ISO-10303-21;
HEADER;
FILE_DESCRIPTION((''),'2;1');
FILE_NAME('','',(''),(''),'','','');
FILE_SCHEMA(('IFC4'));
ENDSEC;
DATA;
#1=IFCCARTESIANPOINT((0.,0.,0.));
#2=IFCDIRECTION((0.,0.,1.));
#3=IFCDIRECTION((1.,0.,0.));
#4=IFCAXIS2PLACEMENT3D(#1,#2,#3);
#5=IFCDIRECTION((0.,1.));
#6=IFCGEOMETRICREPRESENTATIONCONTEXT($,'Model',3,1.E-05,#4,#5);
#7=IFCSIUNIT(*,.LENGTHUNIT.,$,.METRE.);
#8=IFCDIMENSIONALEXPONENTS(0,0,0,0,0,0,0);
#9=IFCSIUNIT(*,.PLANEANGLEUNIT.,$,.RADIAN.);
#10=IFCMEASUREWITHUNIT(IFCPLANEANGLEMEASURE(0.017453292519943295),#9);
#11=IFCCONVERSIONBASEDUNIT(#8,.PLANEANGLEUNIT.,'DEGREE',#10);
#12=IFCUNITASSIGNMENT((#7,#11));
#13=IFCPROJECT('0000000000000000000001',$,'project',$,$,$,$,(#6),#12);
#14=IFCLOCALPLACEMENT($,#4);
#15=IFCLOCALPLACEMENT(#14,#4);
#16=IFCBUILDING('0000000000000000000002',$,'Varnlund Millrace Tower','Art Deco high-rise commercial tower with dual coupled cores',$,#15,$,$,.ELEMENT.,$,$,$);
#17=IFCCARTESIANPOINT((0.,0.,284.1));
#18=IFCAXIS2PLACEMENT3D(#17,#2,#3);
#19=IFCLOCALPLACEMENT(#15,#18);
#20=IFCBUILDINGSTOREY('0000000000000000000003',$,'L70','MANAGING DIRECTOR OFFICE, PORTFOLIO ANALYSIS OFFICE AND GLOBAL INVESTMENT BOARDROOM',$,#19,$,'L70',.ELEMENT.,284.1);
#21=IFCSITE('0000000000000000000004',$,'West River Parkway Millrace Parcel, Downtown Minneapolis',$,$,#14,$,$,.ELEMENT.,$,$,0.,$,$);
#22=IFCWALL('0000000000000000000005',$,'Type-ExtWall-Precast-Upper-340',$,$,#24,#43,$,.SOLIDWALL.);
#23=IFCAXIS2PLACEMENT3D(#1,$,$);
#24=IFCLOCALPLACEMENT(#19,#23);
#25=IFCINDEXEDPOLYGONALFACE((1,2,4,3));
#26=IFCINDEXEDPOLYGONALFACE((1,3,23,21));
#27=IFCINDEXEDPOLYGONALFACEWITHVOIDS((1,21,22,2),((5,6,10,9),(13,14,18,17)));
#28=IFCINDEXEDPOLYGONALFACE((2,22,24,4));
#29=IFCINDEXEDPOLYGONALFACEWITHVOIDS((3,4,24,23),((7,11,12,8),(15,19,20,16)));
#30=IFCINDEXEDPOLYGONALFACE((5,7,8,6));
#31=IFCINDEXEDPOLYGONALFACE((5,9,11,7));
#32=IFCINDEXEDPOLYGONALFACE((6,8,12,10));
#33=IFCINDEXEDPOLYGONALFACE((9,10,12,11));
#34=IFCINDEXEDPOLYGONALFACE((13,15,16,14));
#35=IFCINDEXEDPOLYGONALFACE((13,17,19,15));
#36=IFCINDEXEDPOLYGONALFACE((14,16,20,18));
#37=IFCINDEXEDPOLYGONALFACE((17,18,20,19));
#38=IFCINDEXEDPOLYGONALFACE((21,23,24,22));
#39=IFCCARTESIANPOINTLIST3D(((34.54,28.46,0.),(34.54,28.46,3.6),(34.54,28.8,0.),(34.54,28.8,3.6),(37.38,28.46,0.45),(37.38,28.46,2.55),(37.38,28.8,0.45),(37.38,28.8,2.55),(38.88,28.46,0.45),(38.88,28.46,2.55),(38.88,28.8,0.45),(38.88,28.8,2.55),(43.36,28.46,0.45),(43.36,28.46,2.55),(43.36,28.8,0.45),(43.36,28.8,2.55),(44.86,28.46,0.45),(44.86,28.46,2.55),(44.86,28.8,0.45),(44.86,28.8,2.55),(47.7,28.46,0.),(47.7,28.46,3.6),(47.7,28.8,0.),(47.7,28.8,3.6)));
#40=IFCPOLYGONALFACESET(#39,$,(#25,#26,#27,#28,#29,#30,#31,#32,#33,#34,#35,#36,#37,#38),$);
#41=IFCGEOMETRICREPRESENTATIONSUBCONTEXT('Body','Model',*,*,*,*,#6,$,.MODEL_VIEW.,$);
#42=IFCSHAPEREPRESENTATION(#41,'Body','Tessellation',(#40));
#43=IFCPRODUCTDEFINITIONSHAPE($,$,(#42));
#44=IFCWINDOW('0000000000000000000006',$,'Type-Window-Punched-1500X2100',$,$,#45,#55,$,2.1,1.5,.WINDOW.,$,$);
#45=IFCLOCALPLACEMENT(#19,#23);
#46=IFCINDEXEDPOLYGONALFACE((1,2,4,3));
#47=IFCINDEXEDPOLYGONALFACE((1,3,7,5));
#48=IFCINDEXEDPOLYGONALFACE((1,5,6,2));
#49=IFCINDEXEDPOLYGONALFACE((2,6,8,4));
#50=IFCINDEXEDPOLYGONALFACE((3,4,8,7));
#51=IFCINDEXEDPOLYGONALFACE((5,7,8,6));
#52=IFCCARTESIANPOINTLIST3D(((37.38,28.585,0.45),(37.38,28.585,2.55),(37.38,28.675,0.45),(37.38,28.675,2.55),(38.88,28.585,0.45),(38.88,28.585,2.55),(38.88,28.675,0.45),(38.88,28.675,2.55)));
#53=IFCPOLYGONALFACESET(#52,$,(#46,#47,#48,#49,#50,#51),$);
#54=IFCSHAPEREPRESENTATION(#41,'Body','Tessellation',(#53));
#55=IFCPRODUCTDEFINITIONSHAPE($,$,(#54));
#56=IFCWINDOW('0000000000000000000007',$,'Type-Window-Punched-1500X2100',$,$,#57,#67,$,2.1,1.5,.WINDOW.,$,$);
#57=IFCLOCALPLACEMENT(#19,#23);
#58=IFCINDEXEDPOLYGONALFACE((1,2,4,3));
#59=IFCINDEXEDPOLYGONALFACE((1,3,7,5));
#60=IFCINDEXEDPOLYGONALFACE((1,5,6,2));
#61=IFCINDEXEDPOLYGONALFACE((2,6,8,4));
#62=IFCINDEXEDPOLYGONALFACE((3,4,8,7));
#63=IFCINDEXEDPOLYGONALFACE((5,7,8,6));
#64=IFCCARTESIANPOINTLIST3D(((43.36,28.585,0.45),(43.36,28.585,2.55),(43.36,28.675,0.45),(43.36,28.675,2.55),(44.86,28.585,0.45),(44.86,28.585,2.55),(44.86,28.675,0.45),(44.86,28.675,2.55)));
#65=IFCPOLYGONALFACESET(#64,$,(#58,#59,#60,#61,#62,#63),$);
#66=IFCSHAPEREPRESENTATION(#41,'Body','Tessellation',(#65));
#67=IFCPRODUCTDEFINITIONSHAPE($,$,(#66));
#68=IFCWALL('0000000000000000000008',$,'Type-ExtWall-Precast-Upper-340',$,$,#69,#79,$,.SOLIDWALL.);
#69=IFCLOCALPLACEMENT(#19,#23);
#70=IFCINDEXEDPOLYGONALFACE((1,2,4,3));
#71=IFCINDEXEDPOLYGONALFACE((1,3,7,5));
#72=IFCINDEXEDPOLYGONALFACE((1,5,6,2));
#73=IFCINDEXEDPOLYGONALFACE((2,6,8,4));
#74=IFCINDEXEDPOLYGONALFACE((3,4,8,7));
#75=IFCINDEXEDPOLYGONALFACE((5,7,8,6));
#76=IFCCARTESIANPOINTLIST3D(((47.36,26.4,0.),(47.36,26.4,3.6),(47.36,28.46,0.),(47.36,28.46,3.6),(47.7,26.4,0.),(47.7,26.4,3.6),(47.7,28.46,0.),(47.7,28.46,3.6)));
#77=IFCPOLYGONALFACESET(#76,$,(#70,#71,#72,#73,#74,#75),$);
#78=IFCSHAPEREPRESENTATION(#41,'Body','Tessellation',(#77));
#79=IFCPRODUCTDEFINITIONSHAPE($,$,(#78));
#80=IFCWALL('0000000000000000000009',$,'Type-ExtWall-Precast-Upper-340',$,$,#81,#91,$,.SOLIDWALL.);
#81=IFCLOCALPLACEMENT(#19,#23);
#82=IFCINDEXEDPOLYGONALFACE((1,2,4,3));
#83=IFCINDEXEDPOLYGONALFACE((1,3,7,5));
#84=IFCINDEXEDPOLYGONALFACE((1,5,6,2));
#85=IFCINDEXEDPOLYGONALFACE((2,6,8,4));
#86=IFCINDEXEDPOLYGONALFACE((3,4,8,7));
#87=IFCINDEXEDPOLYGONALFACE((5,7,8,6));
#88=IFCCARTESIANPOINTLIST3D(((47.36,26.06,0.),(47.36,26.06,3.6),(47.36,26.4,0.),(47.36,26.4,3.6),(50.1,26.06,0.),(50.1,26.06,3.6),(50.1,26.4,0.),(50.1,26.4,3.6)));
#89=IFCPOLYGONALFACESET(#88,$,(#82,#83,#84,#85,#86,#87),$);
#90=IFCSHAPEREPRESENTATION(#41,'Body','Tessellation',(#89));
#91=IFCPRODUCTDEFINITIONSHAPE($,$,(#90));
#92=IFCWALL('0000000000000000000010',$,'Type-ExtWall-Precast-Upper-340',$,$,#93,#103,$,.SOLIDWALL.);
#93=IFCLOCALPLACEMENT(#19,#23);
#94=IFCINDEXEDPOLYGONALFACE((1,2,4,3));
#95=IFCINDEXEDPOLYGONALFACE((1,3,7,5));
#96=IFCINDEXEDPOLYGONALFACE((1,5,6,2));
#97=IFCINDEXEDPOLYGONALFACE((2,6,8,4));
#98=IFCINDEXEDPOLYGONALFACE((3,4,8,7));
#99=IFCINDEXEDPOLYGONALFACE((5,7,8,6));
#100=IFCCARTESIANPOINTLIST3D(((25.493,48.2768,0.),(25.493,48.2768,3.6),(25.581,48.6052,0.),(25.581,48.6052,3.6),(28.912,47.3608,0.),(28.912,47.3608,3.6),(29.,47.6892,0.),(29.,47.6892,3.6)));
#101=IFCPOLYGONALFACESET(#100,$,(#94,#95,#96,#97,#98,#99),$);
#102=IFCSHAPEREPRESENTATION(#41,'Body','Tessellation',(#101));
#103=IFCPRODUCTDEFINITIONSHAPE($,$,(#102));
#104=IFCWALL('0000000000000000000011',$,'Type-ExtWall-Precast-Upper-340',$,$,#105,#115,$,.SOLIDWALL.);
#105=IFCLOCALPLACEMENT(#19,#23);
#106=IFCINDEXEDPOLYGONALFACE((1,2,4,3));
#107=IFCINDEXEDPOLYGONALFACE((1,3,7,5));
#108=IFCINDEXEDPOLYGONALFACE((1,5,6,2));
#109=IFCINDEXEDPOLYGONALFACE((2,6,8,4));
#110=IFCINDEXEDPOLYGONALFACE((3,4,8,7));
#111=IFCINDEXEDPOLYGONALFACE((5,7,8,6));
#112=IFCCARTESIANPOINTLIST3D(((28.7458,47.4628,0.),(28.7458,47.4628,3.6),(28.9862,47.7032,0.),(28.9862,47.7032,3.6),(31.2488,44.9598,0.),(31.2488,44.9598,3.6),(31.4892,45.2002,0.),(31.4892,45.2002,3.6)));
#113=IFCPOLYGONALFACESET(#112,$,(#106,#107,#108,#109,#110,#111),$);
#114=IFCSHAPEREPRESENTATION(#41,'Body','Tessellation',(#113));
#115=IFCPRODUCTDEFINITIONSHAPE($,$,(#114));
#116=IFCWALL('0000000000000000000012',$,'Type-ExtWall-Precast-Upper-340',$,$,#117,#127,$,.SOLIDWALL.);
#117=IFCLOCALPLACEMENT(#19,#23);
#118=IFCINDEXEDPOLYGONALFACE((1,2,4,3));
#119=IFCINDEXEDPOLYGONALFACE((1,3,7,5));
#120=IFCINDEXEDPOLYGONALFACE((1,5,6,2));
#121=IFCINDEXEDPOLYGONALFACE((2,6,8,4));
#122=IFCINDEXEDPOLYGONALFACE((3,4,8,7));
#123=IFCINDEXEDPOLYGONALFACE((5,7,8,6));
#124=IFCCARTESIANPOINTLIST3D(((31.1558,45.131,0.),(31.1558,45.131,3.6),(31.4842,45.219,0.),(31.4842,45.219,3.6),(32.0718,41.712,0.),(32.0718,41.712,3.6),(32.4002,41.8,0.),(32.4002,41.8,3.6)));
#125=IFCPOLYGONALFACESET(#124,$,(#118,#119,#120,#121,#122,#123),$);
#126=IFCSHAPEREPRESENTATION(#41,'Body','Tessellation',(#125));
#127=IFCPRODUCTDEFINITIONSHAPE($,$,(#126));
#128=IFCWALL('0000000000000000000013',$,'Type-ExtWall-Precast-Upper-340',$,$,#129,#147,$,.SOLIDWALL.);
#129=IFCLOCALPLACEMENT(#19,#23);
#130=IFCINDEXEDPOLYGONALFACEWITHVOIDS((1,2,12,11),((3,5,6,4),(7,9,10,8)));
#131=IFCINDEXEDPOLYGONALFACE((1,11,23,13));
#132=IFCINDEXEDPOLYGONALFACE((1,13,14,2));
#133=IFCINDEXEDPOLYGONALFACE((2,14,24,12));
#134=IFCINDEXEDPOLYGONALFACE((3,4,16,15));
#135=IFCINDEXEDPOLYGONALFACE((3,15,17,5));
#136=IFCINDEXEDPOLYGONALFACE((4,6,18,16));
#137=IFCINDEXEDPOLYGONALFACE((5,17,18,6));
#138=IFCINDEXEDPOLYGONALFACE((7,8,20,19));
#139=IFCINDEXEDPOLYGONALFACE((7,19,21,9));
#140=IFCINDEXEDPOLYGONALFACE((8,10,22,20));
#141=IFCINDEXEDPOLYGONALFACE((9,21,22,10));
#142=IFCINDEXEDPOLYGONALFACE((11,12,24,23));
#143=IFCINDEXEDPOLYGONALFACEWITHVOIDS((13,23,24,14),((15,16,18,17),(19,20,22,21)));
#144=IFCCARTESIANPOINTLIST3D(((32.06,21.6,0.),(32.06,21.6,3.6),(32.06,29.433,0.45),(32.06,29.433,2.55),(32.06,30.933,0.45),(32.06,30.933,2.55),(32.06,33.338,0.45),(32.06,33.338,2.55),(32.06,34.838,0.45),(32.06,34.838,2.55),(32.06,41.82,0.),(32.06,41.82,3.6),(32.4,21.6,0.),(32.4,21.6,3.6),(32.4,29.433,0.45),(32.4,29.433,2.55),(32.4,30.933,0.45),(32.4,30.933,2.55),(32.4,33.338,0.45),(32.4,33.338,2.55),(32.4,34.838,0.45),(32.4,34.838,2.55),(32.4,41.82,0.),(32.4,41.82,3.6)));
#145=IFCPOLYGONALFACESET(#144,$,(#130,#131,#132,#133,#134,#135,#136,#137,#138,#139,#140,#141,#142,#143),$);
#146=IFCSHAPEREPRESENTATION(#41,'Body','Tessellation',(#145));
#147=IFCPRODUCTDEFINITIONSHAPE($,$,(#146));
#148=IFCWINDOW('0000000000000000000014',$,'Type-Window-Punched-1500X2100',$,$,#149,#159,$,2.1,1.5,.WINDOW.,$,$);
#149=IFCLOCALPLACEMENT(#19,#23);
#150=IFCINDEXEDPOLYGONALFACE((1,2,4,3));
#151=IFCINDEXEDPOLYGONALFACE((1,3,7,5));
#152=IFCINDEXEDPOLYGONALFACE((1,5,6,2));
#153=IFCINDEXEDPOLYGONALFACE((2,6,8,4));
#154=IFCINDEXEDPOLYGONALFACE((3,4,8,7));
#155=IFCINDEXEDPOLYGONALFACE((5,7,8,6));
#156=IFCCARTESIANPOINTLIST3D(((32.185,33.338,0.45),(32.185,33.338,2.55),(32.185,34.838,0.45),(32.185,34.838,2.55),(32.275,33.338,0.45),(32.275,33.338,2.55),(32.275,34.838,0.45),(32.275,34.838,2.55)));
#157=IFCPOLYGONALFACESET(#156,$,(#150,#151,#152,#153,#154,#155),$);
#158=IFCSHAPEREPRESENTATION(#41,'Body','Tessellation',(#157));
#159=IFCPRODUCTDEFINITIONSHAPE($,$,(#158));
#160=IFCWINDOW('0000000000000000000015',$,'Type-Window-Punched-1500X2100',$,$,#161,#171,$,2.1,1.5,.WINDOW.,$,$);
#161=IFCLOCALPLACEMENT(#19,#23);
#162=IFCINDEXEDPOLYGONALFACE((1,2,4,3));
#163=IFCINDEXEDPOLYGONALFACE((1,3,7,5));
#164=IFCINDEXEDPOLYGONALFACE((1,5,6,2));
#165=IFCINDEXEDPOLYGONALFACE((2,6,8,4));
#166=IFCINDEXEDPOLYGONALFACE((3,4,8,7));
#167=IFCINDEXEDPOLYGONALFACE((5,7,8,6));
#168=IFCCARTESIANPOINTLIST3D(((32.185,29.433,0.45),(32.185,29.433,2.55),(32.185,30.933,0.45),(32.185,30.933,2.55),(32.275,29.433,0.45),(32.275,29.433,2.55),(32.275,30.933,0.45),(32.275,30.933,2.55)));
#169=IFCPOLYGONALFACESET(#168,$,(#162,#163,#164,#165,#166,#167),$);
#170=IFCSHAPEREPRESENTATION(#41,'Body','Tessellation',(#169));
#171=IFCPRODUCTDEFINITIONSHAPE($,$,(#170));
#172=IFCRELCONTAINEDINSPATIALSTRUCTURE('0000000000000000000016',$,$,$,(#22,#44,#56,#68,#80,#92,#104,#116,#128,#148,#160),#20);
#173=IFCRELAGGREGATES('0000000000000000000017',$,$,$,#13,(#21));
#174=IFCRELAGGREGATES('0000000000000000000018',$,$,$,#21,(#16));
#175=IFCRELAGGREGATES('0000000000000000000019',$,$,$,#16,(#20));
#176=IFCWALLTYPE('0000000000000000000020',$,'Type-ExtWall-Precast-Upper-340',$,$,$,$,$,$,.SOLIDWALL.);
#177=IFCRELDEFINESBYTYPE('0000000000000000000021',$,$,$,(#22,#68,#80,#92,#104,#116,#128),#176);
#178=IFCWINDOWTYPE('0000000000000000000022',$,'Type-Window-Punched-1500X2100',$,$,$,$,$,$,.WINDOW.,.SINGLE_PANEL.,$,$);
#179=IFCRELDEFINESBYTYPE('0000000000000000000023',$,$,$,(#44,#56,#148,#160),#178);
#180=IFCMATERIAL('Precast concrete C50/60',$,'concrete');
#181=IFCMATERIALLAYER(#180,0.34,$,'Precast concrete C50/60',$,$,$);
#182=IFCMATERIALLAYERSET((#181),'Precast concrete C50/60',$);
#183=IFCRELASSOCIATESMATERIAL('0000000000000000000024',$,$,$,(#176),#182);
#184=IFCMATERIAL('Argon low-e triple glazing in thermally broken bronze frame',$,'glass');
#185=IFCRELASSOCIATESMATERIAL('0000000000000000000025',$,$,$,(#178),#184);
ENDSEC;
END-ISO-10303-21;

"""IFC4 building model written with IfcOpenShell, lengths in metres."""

from ifc_helpers import new_model, entity, si_unit, converted_unit, direction, frame, origin_with_axes, origin_2d_with_axis, place, context, subcontext, project, spatial, polyline, rectangle, outline, extrude, material, layer, layer_set, type_object, element, fill, save


model = new_model("IFC4")

# Units and contexts
model_context = context("Model", 3, precision=1e-05, world=origin_with_axes(), true_north=direction((0.0, 1.0)))
body_context = subcontext(model_context, "Body", "Model", "MODEL_VIEW")
ifc_project = project(units=[si_unit("LENGTHUNIT", "METRE"), converted_unit("PLANEANGLEUNIT", "DEGREE", entity("IfcPlaneAngleMeasure", 0.017453292519943295), si_unit("PLANEANGLEUNIT", "RADIAN"), dimensions=[0, 0, 0, 0, 0, 0, 0])], contexts=[model_context])

# Site, building, storey
site_placement = place(None, origin_with_axes())
site = spatial("IfcSite", under=ifc_project, at=site_placement, Name="West River Parkway Millrace Parcel, Downtown Minneapolis", CompositionType="ELEMENT", RefElevation=0.0)
building_placement = place(site_placement, origin_with_axes())
building = spatial("IfcBuilding", under=site, at=building_placement, Name="Varnlund Millrace Tower", Description="Art Deco high-rise commercial tower with dual coupled cores", CompositionType="ELEMENT")
storey_placement = place(building_placement, frame((0.0, 0.0, 284.1), z_axis=(0.0, 0.0, 1.0), x_axis=(1.0, 0.0, 0.0)))
storey = spatial("IfcBuildingStorey", under=building, at=storey_placement, Name="L70", Description="MANAGING DIRECTOR OFFICE, PORTFOLIO ANALYSIS OFFICE AND GLOBAL INVESTMENT BOARDROOM", LongName="L70", CompositionType="ELEMENT", Elevation=284.1)

# Wall, openings, windows
ifc_material_1 = material(Name="Precast concrete C50/60", Category="concrete")
ifc_layer_1 = layer(ifc_material_1, 0.34, Name="Precast concrete C50/60")
ifc_layer_set_1 = layer_set([ifc_layer_1], Name="Precast concrete C50/60")
wall_type_1 = type_object("IfcWallType", Name="Type-ExtWall-Precast-Upper-340", PredefinedType="SOLIDWALL", material=ifc_layer_set_1)
wall_1_placement = place(storey_placement, frame((34.54, 28.63, 0.0), z_axis=(0.0, 0.0, 1.0), x_axis=(1.0, 0.0, 0.0)))
wall_1 = element("IfcWall", 1, at=wall_1_placement, inside=storey, type_object=wall_type_1, Name="Type-ExtWall-Precast-Upper-340", PredefinedType="SOLIDWALL", context=body_context, shape_type="SweptSolid", body=[
    extrude(outline(polyline([(0.0, -0.17), (13.16, -0.17), (13.16, 0.17), (0.0, 0.17), (0.0, -0.17)])), origin_with_axes(), (0.0, 0.0, 1.0), 3.6),
])
opening_1_placement = place(wall_1_placement, frame((3.59, 0.0, 0.45), z_axis=(0.0, 0.0, 1.0), x_axis=(1.0, 0.0, 0.0)))
opening_1 = element("IfcOpeningElement", 2, at=opening_1_placement, cuts=wall_1, PredefinedType="OPENING", context=body_context, shape_type="SweptSolid", body=[
    extrude(rectangle(XDim=1.5, YDim=0.36, at=origin_2d_with_axis()), origin_with_axes(), (0.0, 0.0, 1.0), 2.1),
])
opening_2_placement = place(wall_1_placement, frame((9.57, 0.0, 0.45), z_axis=(0.0, 0.0, 1.0), x_axis=(1.0, 0.0, 0.0)))
opening_2 = element("IfcOpeningElement", 3, at=opening_2_placement, cuts=wall_1, PredefinedType="OPENING", context=body_context, shape_type="SweptSolid", body=[
    extrude(rectangle(XDim=1.5, YDim=0.36, at=origin_2d_with_axis()), origin_with_axes(), (0.0, 0.0, 1.0), 2.1),
])
ifc_material_2 = material(Name="Argon low-e triple glazing in thermally broken bronze frame", Category="glass")
window_type = type_object("IfcWindowType", Name="Type-Window-Punched-1500X2100", PartitioningType="SINGLE_PANEL", PredefinedType="WINDOW", material=ifc_material_2)
window_1_placement = place(wall_1_placement, frame((3.59, 0.0, 0.45), z_axis=(0.0, 0.0, 1.0), x_axis=(1.0, 0.0, 0.0)))
window_1 = element("IfcWindow", 4, at=window_1_placement, inside=storey, type_object=window_type, Name="Type-Window-Punched-1500X2100", OverallHeight=2.1, OverallWidth=1.5, PredefinedType="WINDOW", context=body_context, shape_type="SweptSolid", body=[
    extrude(rectangle(XDim=1.5, YDim=0.09, at=origin_2d_with_axis()), origin_with_axes(), (0.0, 0.0, 1.0), 2.1),
])
fill(opening_1, window_1)
window_2_placement = place(wall_1_placement, frame((9.57, 0.0, 0.45), z_axis=(0.0, 0.0, 1.0), x_axis=(1.0, 0.0, 0.0)))
window_2 = element("IfcWindow", 5, at=window_2_placement, inside=storey, type_object=window_type, Name="Type-Window-Punched-1500X2100", OverallHeight=2.1, OverallWidth=1.5, PredefinedType="WINDOW", context=body_context, shape_type="SweptSolid", body=[
    extrude(rectangle(XDim=1.5, YDim=0.09, at=origin_2d_with_axis()), origin_with_axes(), (0.0, 0.0, 1.0), 2.1),
])
fill(opening_2, window_2)

# Walls
wall_2_placement = place(storey_placement, frame((47.53, 28.46, 0.0), z_axis=(0.0, 0.0, 1.0), x_axis=(0.0, -1.0, 0.0)))
element("IfcWall", 6, at=wall_2_placement, inside=storey, type_object=wall_type_1, Name="Type-ExtWall-Precast-Upper-340", PredefinedType="SOLIDWALL", context=body_context, shape_type="SweptSolid", body=[
    extrude(outline(polyline([(0.0, -0.17), (2.06, -0.17), (2.06, 0.17), (0.0, 0.17), (0.0, -0.17)])), origin_with_axes(), (0.0, 0.0, 1.0), 3.6),
])
wall_3_placement = place(storey_placement, frame((47.36, 26.23, 0.0), z_axis=(0.0, 0.0, 1.0), x_axis=(1.0, 0.0, 0.0)))
element("IfcWall", 7, at=wall_3_placement, inside=storey, type_object=wall_type_1, Name="Type-ExtWall-Precast-Upper-340", PredefinedType="SOLIDWALL", context=body_context, shape_type="SweptSolid", body=[
    extrude(outline(polyline([(0.0, -0.17), (2.74, -0.17), (2.74, 0.17), (0.0, 0.17), (0.0, -0.17)])), origin_with_axes(), (0.0, 0.0, 1.0), 3.6),
])
wall_4_placement = place(storey_placement, frame((25.537, 48.441, 0.0), z_axis=(0.0, 0.0, 1.0), x_axis=(0.965934, -0.258788, 0.0)))
element("IfcWall", 8, at=wall_4_placement, inside=storey, type_object=wall_type_1, Name="Type-ExtWall-Precast-Upper-340", PredefinedType="SOLIDWALL", context=body_context, shape_type="SweptSolid", body=[
    extrude(outline(polyline([(0.0, -0.17), (3.5396, -0.17), (3.5396, 0.17), (0.0, 0.17), (0.0, -0.17)])), origin_with_axes(), (0.0, 0.0, 1.0), 3.6),
])
wall_5_placement = place(storey_placement, frame((28.866, 47.583, 0.0), z_axis=(0.0, 0.0, 1.0), x_axis=(0.707107, -0.707107, 0.0)))
element("IfcWall", 9, at=wall_5_placement, inside=storey, type_object=wall_type_1, Name="Type-ExtWall-Precast-Upper-340", PredefinedType="SOLIDWALL", context=body_context, shape_type="SweptSolid", body=[
    extrude(outline(polyline([(0.0, -0.17), (3.5398, -0.17), (3.5398, 0.17), (0.0, 0.17), (0.0, -0.17)])), origin_with_axes(), (0.0, 0.0, 1.0), 3.6),
])
wall_6_placement = place(storey_placement, frame((31.32, 45.175, 0.0), z_axis=(0.0, 0.0, 1.0), x_axis=(0.258788, -0.965934, 0.0)))
element("IfcWall", 10, at=wall_6_placement, inside=storey, type_object=wall_type_1, Name="Type-ExtWall-Precast-Upper-340", PredefinedType="SOLIDWALL", context=body_context, shape_type="SweptSolid", body=[
    extrude(outline(polyline([(0.0, -0.17), (3.5396, -0.17), (3.5396, 0.17), (0.0, 0.17), (0.0, -0.17)])), origin_with_axes(), (0.0, 0.0, 1.0), 3.6),
])

# Wall, openings, windows
wall_7_placement = place(storey_placement, frame((32.23, 41.82, 0.0), z_axis=(0.0, 0.0, 1.0), x_axis=(0.0, -1.0, 0.0)))
wall_7 = element("IfcWall", 11, at=wall_7_placement, inside=storey, type_object=wall_type_1, Name="Type-ExtWall-Precast-Upper-340", PredefinedType="SOLIDWALL", context=body_context, shape_type="SweptSolid", body=[
    extrude(outline(polyline([(0.0, -0.17), (20.22, -0.17), (20.22, 0.17), (0.0, 0.17), (0.0, -0.17)])), origin_with_axes(), (0.0, 0.0, 1.0), 3.6),
])
opening_3_placement = place(wall_7_placement, frame((7.732, 0.0, 0.45), z_axis=(0.0, 0.0, 1.0), x_axis=(1.0, 0.0, 0.0)))
opening_3 = element("IfcOpeningElement", 12, at=opening_3_placement, cuts=wall_7, PredefinedType="OPENING", context=body_context, shape_type="SweptSolid", body=[
    extrude(rectangle(XDim=1.5, YDim=0.36, at=origin_2d_with_axis()), origin_with_axes(), (0.0, 0.0, 1.0), 2.1),
])
opening_4_placement = place(wall_7_placement, frame((11.637, 0.0, 0.45), z_axis=(0.0, 0.0, 1.0), x_axis=(1.0, 0.0, 0.0)))
opening_4 = element("IfcOpeningElement", 13, at=opening_4_placement, cuts=wall_7, PredefinedType="OPENING", context=body_context, shape_type="SweptSolid", body=[
    extrude(rectangle(XDim=1.5, YDim=0.36, at=origin_2d_with_axis()), origin_with_axes(), (0.0, 0.0, 1.0), 2.1),
])
window_3_placement = place(wall_7_placement, frame((7.732, 0.0, 0.45), z_axis=(0.0, 0.0, 1.0), x_axis=(1.0, 0.0, 0.0)))
window_3 = element("IfcWindow", 14, at=window_3_placement, inside=storey, type_object=window_type, Name="Type-Window-Punched-1500X2100", OverallHeight=2.1, OverallWidth=1.5, PredefinedType="WINDOW", context=body_context, shape_type="SweptSolid", body=[
    extrude(rectangle(XDim=1.5, YDim=0.09, at=origin_2d_with_axis()), origin_with_axes(), (0.0, 0.0, 1.0), 2.1),
])
fill(opening_3, window_3)
window_4_placement = place(wall_7_placement, frame((11.637, 0.0, 0.45), z_axis=(0.0, 0.0, 1.0), x_axis=(1.0, 0.0, 0.0)))
window_4 = element("IfcWindow", 15, at=window_4_placement, inside=storey, type_object=window_type, Name="Type-Window-Punched-1500X2100", OverallHeight=2.1, OverallWidth=1.5, PredefinedType="WINDOW", context=body_context, shape_type="SweptSolid", body=[
    extrude(rectangle(XDim=1.5, YDim=0.09, at=origin_2d_with_axis()), origin_with_axes(), (0.0, 0.0, 1.0), 2.1),
])
fill(opening_4, window_4)

save(model, "model.ifc")
